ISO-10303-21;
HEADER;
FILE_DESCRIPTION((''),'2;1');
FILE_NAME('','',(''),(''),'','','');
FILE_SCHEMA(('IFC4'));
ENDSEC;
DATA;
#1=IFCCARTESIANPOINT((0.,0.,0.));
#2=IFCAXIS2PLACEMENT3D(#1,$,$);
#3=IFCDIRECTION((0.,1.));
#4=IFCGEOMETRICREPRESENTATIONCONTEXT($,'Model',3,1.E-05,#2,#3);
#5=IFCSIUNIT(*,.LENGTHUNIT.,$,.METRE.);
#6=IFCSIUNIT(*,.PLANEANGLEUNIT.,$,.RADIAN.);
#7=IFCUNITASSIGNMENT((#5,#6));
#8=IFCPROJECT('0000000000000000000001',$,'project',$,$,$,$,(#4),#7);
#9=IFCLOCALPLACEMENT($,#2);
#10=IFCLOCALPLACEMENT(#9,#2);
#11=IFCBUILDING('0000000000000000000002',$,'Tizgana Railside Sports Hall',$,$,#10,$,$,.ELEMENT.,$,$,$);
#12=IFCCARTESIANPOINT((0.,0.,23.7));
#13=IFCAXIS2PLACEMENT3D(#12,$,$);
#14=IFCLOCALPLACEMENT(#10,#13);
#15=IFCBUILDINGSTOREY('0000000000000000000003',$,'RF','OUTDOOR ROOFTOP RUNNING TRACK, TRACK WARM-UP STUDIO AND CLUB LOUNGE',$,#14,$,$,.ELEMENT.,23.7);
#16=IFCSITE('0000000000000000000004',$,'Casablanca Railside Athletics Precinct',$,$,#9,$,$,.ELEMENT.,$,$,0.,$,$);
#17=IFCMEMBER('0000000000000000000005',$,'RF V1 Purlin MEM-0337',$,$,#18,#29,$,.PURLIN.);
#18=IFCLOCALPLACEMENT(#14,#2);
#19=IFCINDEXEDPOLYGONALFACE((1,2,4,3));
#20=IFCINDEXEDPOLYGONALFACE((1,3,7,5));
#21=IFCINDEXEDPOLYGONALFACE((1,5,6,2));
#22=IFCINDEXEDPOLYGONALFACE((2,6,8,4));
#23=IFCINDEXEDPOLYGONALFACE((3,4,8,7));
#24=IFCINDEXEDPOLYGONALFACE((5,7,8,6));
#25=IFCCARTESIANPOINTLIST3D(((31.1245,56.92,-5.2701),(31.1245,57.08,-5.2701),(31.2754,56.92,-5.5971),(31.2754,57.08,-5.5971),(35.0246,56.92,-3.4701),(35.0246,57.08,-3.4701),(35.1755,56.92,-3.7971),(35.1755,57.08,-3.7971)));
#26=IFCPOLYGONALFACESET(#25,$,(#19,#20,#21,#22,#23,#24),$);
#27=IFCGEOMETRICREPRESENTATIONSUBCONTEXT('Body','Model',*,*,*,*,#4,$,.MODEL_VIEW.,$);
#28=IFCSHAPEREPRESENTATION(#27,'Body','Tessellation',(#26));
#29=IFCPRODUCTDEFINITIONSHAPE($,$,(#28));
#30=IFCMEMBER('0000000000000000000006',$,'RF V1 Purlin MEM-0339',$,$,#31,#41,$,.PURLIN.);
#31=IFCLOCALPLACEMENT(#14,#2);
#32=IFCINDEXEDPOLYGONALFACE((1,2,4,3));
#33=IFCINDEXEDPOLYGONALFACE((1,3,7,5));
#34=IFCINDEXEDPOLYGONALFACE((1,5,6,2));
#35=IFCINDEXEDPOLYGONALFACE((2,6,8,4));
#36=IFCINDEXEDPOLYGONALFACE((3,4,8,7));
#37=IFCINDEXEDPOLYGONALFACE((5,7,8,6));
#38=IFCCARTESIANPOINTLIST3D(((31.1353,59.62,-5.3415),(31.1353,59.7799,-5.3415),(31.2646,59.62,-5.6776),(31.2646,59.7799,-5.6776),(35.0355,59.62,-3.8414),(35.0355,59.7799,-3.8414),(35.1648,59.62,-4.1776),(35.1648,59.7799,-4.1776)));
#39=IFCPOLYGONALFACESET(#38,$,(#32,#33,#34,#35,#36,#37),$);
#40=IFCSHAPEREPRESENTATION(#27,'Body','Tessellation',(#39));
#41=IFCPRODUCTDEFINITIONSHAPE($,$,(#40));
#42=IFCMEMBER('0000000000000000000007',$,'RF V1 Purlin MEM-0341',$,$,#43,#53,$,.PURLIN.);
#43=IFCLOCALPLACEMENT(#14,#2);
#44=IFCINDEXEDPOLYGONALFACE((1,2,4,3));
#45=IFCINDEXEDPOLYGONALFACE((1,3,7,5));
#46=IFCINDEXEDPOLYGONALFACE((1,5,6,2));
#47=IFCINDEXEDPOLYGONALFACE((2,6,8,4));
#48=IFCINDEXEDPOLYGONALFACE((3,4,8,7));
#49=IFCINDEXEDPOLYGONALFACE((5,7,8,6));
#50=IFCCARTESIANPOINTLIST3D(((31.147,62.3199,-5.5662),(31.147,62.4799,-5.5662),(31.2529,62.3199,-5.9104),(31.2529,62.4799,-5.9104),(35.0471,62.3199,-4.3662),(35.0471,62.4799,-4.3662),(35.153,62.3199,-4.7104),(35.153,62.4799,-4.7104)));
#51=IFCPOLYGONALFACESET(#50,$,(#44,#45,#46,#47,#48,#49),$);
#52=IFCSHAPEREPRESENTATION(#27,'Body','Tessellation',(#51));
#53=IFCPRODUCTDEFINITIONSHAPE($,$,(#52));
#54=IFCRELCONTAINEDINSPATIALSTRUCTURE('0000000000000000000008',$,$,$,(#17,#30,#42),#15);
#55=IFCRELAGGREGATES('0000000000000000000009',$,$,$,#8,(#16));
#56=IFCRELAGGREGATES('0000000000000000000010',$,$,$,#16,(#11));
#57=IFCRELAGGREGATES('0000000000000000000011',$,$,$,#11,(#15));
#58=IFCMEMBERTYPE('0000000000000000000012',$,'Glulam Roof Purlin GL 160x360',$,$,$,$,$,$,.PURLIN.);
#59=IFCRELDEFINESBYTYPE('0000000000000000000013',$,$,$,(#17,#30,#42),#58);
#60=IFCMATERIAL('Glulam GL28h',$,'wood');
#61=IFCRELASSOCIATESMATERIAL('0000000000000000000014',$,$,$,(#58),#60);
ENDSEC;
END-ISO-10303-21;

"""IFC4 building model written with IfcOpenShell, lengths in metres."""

from ifc_helpers import new_model, si_unit, direction, frame, origin, origin_2d, place, context, subcontext, project, spatial, rectangle, extrude, material, material_profile, profile_set, type_object, element, save


model = new_model("IFC4")

# Units and contexts
model_context = context("Model", 3, precision=1e-05, world=origin(), true_north=direction((0.0, 1.0)))
body_context = subcontext(model_context, "Body", "Model", "MODEL_VIEW")
ifc_project = project(units=[si_unit("LENGTHUNIT", "METRE"), si_unit("PLANEANGLEUNIT", "RADIAN")], contexts=[model_context])

# Site, building, storey
site_placement = place(None, origin())
site = spatial("IfcSite", under=ifc_project, at=site_placement, Name="Casablanca Railside Athletics Precinct", CompositionType="ELEMENT", RefElevation=0.0)
building_placement = place(site_placement, origin())
building = spatial("IfcBuilding", under=site, at=building_placement, Name="Tizgana Railside Sports Hall", CompositionType="ELEMENT")
storey_placement = place(building_placement, frame((0.0, 0.0, 23.7)))
storey = spatial("IfcBuildingStorey", under=building, at=storey_placement, Name="RF", Description="OUTDOOR ROOFTOP RUNNING TRACK, TRACK WARM-UP STUDIO AND CLUB LOUNGE", CompositionType="ELEMENT", Elevation=23.7)

# Members
ifc_material_1 = material(Name="Glulam GL28h", Category="wood")
ifc_material_profile_1 = material_profile(ifc_material_1, rectangle(XDim=0.1599, YDim=0.3601, at=origin_2d()), Name="GL 160x360")
ifc_profile_set_1 = profile_set([ifc_material_profile_1], Name="Glulam GL28h")
member_type_1 = type_object("IfcMemberType", Name="Glulam Roof Purlin GL 160x360", PredefinedType="PURLIN", material=ifc_profile_set_1)
member_1_placement = place(storey_placement, frame((31.2, 57.0, -5.4336), z_axis=(0.907961, 0.0, 0.419055), x_axis=(0.0, 1.0, 0.0)))
element("IfcMember", 1, at=member_1_placement, inside=storey, type_object=member_type_1, Name="RF V1 Purlin MEM-0337", PredefinedType="PURLIN", context=body_context, shape_type="SweptSolid", body=[
    extrude(rectangle(XDim=0.1599, YDim=0.3601, at=origin_2d()), origin(), (0.0, 0.0, 1.0), 4.2954),
])
member_2_placement = place(storey_placement, frame((31.2, 59.7, -5.5095), z_axis=(0.93335, 0.0, 0.358967), x_axis=(0.0, 1.0, 0.0)))
element("IfcMember", 2, at=member_2_placement, inside=storey, type_object=member_type_1, Name="RF V1 Purlin MEM-0339", PredefinedType="PURLIN", context=body_context, shape_type="SweptSolid", body=[
    extrude(rectangle(XDim=0.1599, YDim=0.3601, at=origin_2d()), origin(), (0.0, 0.0, 1.0), 4.1787),
])
member_3_placement = place(storey_placement, frame((31.2, 62.3999, -5.7383), z_axis=(0.955785, 0.0, 0.294065), x_axis=(0.0, 1.0, 0.0)))
element("IfcMember", 3, at=member_3_placement, inside=storey, type_object=member_type_1, Name="RF V1 Purlin MEM-0341", PredefinedType="PURLIN", context=body_context, shape_type="SweptSolid", body=[
    extrude(rectangle(XDim=0.1599, YDim=0.3601, at=origin_2d()), origin(), (0.0, 0.0, 1.0), 4.0806),
])

save(model, "model.ifc")
